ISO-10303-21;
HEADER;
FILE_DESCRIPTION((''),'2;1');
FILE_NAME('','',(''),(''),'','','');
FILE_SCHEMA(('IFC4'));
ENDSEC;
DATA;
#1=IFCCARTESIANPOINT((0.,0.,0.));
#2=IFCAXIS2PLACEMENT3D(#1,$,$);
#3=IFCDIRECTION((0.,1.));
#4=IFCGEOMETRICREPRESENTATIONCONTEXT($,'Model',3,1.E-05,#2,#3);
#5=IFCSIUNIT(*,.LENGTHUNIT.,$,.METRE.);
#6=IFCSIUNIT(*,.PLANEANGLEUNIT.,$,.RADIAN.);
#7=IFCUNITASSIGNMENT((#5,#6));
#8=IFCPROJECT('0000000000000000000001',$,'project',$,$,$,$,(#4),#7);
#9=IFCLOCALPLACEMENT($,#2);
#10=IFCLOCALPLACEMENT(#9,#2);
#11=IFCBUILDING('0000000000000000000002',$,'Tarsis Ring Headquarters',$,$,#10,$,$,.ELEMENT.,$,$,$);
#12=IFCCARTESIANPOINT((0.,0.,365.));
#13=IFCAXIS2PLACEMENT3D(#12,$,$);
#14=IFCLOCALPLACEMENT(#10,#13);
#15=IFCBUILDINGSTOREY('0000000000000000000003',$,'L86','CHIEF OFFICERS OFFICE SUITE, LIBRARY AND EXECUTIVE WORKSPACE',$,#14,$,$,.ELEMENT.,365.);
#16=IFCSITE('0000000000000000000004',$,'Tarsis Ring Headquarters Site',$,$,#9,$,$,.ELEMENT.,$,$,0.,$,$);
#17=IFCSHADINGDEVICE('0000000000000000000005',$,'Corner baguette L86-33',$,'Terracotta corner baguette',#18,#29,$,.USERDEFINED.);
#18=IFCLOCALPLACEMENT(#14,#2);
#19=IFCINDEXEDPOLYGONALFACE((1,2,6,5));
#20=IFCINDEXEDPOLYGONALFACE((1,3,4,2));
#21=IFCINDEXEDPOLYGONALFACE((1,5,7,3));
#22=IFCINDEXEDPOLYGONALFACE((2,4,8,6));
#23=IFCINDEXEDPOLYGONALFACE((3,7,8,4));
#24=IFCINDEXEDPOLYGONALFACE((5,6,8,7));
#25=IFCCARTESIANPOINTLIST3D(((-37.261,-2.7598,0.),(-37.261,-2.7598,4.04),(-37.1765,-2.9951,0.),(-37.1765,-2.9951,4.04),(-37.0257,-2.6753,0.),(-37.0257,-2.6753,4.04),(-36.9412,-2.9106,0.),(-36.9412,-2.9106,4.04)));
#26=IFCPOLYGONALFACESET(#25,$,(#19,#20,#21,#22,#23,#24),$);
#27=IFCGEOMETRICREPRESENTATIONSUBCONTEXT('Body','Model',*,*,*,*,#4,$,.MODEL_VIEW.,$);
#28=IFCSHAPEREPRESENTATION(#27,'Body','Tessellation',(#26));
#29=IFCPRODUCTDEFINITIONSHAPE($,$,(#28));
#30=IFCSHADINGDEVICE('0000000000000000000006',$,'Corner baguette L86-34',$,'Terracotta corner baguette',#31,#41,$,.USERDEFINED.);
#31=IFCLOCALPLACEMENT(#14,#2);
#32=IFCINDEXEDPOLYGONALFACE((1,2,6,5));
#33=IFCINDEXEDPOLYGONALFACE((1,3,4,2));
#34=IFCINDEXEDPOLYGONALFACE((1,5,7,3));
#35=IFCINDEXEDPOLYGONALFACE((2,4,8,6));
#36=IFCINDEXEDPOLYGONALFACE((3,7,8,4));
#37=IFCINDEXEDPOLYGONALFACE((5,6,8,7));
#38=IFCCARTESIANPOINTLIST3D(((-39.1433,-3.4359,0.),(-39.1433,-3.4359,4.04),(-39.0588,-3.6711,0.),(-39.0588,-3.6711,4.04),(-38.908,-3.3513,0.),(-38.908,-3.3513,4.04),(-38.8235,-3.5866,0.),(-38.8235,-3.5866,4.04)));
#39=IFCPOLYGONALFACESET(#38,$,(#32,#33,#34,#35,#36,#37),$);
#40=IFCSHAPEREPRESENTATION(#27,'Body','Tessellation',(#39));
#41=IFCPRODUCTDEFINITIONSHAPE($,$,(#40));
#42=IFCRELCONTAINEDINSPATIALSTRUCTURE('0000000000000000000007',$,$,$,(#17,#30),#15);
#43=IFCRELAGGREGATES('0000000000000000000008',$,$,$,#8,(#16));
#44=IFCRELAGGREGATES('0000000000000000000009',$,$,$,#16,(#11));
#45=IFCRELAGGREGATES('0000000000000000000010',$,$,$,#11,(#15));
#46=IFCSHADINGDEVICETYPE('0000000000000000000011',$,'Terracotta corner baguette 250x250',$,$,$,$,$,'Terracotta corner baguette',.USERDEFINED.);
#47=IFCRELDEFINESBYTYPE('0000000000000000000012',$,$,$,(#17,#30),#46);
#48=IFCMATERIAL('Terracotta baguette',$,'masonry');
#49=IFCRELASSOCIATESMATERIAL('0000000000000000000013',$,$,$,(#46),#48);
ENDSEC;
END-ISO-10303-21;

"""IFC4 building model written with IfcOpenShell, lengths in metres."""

from ifc_helpers import new_model, si_unit, direction, frame, origin, origin_2d, place, context, subcontext, project, spatial, rectangle, extrude, material, type_object, element, save


model = new_model("IFC4")

# Units and contexts
model_context = context("Model", 3, precision=1e-05, world=origin(), true_north=direction((0.0, 1.0)))
body_context = subcontext(model_context, "Body", "Model", "MODEL_VIEW")
ifc_project = project(units=[si_unit("LENGTHUNIT", "METRE"), si_unit("PLANEANGLEUNIT", "RADIAN")], contexts=[model_context])

# Site, building, storey
site_placement = place(None, origin())
site = spatial("IfcSite", under=ifc_project, at=site_placement, Name="Tarsis Ring Headquarters Site", CompositionType="ELEMENT", RefElevation=0.0)
building_placement = place(site_placement, origin())
building = spatial("IfcBuilding", under=site, at=building_placement, Name="Tarsis Ring Headquarters", CompositionType="ELEMENT")
storey_placement = place(building_placement, frame((0.0, 0.0, 365.0)))
storey = spatial("IfcBuildingStorey", under=building, at=storey_placement, Name="L86", Description="CHIEF OFFICERS OFFICE SUITE, LIBRARY AND EXECUTIVE WORKSPACE", CompositionType="ELEMENT", Elevation=365.0)

# Shading devices
ifc_material_1 = material(Name="Terracotta baguette", Category="masonry")
shading_device_type_1 = type_object("IfcShadingDeviceType", Name="Terracotta corner baguette 250x250", ElementType="Terracotta corner baguette", PredefinedType="USERDEFINED", material=ifc_material_1)
for number, where, z_axis, x_axis, name in (
    (1, (-37.1011, -2.8352, 0.0), (0.0, 0.0, 1.0), (0.338081, -0.941117, 0.0), "Corner baguette L86-33"),
    (2, (-38.9834, -3.5112, 0.0), (0.0, 0.0, 1.0), (-0.941117, -0.338082, 0.0), "Corner baguette L86-34"),
):
    element("IfcShadingDevice", number, at=place(storey_placement, frame(where, z_axis=z_axis, x_axis=x_axis)), inside=storey, type_object=shading_device_type_1, Name=name, ObjectType="Terracotta corner baguette", PredefinedType="USERDEFINED", context=body_context, shape_type="SweptSolid", body=[
        extrude(rectangle(XDim=0.25, YDim=0.25, at=origin_2d()), origin(), (0.0, 0.0, 1.0), 4.04),
    ])

save(model, "model.ifc")
